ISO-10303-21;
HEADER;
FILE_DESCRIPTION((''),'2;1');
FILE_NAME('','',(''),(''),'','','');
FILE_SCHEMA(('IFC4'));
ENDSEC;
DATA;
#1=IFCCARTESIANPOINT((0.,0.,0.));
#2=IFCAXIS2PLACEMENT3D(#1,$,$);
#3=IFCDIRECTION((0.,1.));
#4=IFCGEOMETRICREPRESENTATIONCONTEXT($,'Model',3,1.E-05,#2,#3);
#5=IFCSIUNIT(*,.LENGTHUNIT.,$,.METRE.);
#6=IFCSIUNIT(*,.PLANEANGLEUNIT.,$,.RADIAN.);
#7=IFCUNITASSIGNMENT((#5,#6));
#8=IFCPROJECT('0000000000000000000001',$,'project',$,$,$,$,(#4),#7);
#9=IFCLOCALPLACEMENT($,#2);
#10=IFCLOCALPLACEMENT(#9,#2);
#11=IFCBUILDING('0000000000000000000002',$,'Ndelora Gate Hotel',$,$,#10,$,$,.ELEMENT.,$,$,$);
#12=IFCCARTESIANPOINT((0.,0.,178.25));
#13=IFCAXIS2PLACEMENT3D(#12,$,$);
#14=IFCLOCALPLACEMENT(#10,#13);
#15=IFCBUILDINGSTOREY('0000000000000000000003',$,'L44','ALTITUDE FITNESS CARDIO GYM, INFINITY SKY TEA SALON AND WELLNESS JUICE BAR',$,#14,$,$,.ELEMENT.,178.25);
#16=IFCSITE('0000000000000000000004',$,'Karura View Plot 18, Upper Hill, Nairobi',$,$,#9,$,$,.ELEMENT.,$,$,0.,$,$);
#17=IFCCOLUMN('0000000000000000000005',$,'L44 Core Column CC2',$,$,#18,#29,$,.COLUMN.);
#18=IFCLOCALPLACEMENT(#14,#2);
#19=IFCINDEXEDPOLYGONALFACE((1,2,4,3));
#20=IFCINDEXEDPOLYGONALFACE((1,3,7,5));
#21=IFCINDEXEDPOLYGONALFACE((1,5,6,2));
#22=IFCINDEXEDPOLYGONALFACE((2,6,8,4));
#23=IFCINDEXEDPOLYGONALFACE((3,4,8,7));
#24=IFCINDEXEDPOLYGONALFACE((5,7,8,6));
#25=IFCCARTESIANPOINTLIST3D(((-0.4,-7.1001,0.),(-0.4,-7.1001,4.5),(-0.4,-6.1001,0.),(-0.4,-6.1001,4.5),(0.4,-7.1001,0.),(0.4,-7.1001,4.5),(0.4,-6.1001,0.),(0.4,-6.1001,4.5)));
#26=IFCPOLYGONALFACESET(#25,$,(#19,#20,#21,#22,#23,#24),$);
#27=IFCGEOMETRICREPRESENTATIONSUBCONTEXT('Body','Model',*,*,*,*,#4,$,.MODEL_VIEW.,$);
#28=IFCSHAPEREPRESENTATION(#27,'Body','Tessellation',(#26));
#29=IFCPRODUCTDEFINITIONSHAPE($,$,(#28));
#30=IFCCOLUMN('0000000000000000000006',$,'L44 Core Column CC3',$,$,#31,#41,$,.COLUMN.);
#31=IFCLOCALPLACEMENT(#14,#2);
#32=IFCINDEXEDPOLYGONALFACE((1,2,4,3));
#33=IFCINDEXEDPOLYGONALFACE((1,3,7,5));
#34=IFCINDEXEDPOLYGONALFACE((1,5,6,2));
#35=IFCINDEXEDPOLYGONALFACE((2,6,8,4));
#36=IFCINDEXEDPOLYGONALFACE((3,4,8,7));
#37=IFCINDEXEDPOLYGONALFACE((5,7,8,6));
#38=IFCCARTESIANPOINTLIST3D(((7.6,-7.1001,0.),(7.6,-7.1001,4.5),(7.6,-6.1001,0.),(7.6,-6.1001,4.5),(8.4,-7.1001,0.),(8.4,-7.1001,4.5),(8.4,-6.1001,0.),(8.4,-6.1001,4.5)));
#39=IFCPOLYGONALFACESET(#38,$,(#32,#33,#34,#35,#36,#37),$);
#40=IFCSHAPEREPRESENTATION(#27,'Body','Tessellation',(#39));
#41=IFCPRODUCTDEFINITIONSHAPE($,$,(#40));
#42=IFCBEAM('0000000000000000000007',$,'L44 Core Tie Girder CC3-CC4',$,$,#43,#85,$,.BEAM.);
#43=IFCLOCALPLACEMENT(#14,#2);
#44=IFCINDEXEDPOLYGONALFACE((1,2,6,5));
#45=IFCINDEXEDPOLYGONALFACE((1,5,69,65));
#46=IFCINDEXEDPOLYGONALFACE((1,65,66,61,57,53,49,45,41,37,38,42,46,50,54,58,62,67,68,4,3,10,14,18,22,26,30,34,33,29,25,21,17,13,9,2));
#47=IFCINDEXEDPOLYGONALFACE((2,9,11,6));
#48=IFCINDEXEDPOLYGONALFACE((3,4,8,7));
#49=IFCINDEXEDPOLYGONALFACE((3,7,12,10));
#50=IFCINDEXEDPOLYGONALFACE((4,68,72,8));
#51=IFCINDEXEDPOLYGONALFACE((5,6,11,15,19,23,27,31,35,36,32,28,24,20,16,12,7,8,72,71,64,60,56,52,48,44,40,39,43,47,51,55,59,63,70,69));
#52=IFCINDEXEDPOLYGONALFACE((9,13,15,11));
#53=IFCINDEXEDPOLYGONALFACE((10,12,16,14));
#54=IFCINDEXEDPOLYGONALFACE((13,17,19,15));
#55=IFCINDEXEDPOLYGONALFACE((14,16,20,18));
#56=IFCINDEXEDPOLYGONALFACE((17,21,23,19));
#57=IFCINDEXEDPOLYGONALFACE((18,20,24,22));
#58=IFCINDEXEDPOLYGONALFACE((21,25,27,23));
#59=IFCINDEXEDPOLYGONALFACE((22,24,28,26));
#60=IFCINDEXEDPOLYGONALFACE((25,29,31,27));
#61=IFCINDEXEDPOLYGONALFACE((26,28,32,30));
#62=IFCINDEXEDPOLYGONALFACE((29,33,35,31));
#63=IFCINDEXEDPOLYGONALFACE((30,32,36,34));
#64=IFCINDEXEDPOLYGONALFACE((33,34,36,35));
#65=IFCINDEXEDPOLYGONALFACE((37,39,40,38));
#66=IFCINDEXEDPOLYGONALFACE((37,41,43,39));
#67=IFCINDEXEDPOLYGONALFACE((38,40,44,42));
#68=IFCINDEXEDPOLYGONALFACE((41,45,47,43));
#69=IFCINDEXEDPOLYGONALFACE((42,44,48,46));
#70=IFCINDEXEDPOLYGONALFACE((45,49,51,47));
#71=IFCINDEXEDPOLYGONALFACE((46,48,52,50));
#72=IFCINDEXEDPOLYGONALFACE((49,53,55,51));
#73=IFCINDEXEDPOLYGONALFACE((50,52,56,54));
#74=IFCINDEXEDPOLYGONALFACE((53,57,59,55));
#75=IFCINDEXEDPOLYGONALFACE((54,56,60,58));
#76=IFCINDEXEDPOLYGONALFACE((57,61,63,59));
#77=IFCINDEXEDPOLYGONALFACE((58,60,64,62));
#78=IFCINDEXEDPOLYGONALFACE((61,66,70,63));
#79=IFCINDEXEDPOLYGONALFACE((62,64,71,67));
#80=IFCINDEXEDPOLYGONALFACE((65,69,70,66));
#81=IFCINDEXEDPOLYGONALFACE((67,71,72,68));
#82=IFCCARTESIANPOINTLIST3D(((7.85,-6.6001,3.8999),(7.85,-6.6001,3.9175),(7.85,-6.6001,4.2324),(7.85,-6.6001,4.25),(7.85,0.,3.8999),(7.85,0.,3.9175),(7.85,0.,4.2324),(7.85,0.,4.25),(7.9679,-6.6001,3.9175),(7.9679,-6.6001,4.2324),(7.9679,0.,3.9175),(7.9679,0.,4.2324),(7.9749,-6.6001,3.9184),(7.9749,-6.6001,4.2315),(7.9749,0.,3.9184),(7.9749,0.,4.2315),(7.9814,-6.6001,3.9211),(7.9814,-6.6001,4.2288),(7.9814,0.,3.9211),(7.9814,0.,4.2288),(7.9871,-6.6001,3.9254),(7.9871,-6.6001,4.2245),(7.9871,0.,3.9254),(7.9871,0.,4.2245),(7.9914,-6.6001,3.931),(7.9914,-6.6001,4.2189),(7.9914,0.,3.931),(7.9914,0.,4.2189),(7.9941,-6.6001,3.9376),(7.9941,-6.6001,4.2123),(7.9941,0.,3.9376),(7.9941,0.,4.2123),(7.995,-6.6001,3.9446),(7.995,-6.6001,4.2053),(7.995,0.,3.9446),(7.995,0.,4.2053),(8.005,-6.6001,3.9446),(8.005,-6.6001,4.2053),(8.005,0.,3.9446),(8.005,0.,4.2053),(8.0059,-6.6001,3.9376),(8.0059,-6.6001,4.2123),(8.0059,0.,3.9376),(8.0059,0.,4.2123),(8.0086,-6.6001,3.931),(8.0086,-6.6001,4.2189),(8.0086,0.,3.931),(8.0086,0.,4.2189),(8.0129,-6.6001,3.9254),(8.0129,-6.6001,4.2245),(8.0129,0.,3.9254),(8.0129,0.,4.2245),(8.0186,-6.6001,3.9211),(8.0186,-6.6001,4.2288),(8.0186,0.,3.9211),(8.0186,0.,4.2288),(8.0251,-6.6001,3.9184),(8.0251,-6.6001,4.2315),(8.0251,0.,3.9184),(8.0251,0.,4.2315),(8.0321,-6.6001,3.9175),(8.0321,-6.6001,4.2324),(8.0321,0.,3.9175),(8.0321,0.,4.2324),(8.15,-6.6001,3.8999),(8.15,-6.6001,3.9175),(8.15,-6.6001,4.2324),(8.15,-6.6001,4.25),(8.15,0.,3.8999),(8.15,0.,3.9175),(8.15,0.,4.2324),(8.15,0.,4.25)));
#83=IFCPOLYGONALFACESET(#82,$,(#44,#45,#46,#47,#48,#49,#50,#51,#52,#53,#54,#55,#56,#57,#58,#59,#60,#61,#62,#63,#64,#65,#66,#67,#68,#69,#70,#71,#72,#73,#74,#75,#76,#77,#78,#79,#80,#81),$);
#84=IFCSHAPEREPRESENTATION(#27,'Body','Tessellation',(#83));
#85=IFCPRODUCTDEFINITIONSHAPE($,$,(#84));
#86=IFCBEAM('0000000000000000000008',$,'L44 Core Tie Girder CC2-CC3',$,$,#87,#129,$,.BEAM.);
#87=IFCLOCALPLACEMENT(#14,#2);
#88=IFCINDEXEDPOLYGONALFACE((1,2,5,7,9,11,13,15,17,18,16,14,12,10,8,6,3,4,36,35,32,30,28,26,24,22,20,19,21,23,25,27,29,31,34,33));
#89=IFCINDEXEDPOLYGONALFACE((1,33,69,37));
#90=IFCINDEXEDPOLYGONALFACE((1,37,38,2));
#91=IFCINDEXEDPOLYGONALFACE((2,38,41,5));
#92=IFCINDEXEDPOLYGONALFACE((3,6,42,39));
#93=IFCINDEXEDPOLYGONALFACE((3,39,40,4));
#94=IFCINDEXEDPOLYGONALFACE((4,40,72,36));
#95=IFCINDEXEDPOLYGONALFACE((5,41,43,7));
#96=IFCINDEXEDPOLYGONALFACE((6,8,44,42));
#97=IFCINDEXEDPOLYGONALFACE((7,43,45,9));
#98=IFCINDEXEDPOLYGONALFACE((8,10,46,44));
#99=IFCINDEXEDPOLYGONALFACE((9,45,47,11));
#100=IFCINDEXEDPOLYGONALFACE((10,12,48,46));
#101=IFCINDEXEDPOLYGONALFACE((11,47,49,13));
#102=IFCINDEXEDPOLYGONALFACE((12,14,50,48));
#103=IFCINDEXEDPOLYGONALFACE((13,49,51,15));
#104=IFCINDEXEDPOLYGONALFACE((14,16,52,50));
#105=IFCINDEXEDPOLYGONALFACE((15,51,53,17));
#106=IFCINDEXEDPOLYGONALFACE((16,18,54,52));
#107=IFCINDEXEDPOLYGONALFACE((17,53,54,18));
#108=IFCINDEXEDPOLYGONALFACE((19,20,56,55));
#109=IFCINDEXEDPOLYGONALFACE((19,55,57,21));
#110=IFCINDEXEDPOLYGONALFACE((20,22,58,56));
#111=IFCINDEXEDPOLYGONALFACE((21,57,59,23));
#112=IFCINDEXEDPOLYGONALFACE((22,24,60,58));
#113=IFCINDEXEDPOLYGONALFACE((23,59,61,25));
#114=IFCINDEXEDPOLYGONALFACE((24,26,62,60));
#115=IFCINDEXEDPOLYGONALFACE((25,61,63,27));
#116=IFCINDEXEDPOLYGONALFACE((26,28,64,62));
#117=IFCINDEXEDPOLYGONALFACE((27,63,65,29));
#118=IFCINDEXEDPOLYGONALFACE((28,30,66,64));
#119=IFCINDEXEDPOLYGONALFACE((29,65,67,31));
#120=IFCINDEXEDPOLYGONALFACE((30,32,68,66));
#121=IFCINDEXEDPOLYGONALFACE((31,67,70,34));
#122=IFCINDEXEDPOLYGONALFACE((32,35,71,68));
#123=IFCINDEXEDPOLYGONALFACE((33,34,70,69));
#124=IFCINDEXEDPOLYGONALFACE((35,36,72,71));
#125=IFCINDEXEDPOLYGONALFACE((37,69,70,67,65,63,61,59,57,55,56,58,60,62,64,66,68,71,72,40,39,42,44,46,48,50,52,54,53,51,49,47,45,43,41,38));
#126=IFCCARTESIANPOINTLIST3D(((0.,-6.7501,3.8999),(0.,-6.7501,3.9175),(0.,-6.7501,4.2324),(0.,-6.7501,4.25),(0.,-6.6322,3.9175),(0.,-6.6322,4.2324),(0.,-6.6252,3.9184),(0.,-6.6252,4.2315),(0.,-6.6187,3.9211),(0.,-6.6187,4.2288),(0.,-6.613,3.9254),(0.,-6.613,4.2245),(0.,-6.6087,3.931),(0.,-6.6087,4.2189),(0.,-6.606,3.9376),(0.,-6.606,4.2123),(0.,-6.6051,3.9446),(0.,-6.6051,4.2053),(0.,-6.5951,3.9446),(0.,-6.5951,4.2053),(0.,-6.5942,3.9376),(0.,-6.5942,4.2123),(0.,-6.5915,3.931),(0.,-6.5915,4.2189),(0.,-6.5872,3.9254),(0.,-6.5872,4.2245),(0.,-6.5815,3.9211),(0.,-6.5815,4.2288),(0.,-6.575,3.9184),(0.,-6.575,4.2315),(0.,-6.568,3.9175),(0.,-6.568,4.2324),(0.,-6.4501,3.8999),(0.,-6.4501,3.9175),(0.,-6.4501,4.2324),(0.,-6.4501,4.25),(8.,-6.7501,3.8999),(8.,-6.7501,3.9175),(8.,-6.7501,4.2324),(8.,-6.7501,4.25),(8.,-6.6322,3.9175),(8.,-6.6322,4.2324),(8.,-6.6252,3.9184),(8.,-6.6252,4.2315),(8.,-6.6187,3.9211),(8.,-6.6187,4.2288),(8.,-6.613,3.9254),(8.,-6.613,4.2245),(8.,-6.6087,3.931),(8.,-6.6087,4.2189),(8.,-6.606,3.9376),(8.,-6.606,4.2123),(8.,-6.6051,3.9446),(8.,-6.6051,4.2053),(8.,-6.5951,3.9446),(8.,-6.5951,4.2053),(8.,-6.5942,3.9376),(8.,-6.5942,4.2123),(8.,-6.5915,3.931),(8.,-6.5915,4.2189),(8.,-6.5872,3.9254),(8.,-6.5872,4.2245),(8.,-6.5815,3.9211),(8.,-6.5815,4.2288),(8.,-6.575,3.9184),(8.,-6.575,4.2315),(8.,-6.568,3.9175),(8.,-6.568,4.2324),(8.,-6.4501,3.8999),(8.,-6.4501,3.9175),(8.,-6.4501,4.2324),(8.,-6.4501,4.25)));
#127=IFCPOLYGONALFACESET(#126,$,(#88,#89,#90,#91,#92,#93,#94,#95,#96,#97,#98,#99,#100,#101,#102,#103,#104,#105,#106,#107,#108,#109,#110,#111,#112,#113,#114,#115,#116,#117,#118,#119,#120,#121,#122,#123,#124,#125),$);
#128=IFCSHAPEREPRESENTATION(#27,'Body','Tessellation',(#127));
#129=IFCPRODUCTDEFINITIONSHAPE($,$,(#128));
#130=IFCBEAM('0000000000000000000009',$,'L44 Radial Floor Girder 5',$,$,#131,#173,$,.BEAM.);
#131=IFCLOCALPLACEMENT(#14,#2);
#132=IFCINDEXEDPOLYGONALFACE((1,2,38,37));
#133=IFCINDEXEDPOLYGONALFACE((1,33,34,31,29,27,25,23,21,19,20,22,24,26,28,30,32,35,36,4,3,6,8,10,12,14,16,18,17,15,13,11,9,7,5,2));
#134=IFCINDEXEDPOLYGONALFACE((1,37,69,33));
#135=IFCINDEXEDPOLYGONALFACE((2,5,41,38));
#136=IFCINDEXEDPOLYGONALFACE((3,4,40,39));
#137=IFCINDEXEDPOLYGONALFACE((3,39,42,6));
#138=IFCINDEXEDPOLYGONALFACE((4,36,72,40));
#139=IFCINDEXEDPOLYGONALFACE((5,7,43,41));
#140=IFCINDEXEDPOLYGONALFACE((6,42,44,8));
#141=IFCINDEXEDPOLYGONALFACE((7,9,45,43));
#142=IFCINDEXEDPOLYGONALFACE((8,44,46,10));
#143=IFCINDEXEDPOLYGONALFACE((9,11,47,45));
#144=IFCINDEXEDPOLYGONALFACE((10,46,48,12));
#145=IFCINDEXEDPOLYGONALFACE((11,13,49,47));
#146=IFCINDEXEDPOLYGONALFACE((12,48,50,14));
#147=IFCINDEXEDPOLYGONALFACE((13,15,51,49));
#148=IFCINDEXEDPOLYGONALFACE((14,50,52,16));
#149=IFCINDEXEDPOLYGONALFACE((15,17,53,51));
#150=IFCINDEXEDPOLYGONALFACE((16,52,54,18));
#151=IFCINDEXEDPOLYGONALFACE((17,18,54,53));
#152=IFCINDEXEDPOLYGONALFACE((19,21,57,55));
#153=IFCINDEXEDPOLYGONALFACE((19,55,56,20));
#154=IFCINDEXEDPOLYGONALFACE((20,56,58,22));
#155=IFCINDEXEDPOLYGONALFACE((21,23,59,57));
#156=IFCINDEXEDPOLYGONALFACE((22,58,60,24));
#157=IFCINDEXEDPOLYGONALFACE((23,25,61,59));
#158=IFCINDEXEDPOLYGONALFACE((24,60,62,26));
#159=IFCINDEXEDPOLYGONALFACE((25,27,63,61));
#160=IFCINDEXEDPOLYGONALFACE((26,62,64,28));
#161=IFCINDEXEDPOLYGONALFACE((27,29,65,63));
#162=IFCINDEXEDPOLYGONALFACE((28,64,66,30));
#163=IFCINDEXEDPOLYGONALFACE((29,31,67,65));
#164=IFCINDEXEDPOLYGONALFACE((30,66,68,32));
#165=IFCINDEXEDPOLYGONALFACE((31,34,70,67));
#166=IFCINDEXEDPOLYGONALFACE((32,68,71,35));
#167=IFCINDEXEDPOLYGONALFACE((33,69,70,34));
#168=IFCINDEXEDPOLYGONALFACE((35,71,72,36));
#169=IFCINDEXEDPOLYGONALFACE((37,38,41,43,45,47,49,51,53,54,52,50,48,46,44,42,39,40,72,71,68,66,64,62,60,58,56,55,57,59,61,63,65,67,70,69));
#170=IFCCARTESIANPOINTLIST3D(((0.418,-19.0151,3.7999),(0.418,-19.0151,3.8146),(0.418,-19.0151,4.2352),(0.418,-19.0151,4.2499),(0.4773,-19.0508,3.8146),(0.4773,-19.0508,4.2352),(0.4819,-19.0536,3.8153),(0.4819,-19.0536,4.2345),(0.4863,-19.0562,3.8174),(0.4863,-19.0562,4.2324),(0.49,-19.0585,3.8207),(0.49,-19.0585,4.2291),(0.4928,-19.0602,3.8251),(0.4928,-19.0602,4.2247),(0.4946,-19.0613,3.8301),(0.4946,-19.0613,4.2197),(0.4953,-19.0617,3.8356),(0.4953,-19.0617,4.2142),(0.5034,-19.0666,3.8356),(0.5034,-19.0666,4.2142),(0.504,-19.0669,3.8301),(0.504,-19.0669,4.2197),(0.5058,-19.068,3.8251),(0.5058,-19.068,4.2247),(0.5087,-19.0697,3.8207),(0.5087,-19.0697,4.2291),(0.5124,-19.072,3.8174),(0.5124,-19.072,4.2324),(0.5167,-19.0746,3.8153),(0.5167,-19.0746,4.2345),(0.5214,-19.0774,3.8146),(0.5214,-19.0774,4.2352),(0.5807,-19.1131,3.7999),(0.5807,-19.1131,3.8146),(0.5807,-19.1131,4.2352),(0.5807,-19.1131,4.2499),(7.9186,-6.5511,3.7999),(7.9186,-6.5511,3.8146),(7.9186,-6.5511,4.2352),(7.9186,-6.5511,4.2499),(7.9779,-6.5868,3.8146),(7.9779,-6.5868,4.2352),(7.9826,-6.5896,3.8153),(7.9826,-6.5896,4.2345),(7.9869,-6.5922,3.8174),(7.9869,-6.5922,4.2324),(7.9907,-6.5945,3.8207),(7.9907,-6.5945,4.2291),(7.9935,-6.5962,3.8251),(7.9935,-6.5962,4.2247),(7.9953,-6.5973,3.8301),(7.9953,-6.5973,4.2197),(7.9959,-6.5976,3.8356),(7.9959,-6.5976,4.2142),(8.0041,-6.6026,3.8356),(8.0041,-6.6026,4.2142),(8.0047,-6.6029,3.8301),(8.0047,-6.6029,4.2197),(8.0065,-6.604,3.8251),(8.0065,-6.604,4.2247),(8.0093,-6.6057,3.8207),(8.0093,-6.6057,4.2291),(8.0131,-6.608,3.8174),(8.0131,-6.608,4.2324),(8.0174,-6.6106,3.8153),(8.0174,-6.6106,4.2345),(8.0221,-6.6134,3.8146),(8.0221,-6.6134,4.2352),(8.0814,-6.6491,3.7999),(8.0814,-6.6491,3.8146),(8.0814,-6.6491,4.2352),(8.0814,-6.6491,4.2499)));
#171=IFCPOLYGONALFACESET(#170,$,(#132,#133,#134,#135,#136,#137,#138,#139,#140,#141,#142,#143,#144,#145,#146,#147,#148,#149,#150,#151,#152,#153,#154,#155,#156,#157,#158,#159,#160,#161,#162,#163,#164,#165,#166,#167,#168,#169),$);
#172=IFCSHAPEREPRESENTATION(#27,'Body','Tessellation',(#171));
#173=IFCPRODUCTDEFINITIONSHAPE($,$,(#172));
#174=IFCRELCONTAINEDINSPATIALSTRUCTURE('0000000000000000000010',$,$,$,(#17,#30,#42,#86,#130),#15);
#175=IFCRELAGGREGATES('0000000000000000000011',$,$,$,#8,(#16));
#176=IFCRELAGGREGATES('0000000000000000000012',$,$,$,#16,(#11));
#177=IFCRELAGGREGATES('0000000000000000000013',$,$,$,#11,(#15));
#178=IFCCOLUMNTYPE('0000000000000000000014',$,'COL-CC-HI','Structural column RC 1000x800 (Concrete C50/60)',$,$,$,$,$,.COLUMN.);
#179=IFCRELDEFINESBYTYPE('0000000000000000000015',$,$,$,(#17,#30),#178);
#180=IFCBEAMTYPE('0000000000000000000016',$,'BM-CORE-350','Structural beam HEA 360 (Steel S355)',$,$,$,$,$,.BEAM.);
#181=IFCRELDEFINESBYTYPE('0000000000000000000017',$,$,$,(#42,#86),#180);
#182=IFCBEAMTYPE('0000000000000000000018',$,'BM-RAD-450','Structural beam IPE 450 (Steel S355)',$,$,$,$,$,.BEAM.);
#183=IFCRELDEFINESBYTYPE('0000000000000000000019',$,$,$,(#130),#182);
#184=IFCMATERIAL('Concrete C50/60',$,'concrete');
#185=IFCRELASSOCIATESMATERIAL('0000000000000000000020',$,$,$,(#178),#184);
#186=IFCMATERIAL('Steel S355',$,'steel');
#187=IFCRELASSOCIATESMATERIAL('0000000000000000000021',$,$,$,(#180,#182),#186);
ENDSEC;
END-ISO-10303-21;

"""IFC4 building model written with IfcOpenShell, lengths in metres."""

from ifc_helpers import new_model, si_unit, direction, frame, origin, origin_2d, place, context, subcontext, project, spatial, rectangle, i_section, extrude, material, material_profile, profile_set, type_object, element, save


model = new_model("IFC4")

# Units and contexts
model_context = context("Model", 3, precision=1e-05, world=origin(), true_north=direction((0.0, 1.0)))
body_context = subcontext(model_context, "Body", "Model", "MODEL_VIEW")
ifc_project = project(units=[si_unit("LENGTHUNIT", "METRE"), si_unit("PLANEANGLEUNIT", "RADIAN")], contexts=[model_context])

# Site, building, storey
site_placement = place(None, origin())
site = spatial("IfcSite", under=ifc_project, at=site_placement, Name="Karura View Plot 18, Upper Hill, Nairobi", CompositionType="ELEMENT", RefElevation=0.0)
building_placement = place(site_placement, origin())
building = spatial("IfcBuilding", under=site, at=building_placement, Name="Ndelora Gate Hotel", CompositionType="ELEMENT")
storey_placement = place(building_placement, frame((0.0, 0.0, 178.25)))
storey = spatial("IfcBuildingStorey", under=building, at=storey_placement, Name="L44", Description="ALTITUDE FITNESS CARDIO GYM, INFINITY SKY TEA SALON AND WELLNESS JUICE BAR", CompositionType="ELEMENT", Elevation=178.25)

# Columns
ifc_material_1 = material(Name="Concrete C50/60", Category="concrete")
ifc_material_profile_1 = material_profile(ifc_material_1, rectangle(XDim=0.8, YDim=1.0, at=origin_2d()), Name="RC 1000x800")
ifc_profile_set_1 = profile_set([ifc_material_profile_1], Name="Concrete C50/60")
column_type = type_object("IfcColumnType", Name="COL-CC-HI", Description="Structural column RC 1000x800 (Concrete C50/60)", PredefinedType="COLUMN", material=ifc_profile_set_1)
for number, where, z_axis, x_axis, name in (
    (1, (0.0, -6.6001, 0.0), (0.0, 0.0, 1.0), (1.0, 0.0, 0.0), "L44 Core Column CC2"),
    (2, (8.0, -6.6001, 0.0), (0.0, 0.0, 1.0), (1.0, 0.0, 0.0), "L44 Core Column CC3"),
):
    element("IfcColumn", number, at=place(storey_placement, frame(where, z_axis=z_axis, x_axis=x_axis)), inside=storey, type_object=column_type, Name=name, PredefinedType="COLUMN", context=body_context, shape_type="SweptSolid", body=[
        extrude(rectangle(XDim=0.8, YDim=1.0, at=origin_2d()), origin(), (0.0, 0.0, 1.0), 4.5),
    ])

# Beams
ifc_material_2 = material(Name="Steel S355", Category="steel")
ifc_material_profile_2 = material_profile(ifc_material_2, i_section(OverallWidth=0.3, OverallDepth=0.3501, WebThickness=0.01, FlangeThickness=0.0176, FilletRadius=0.0271, at=origin_2d()), Name="HEA 360")
ifc_profile_set_2 = profile_set([ifc_material_profile_2], Name="Steel S355")
beam_type_1 = type_object("IfcBeamType", Name="BM-CORE-350", Description="Structural beam HEA 360 (Steel S355)", PredefinedType="BEAM", material=ifc_profile_set_2)
beam_1_placement = place(storey_placement, frame((8.0, -6.6001, 4.075), z_axis=(0.0, 1.0, 0.0), x_axis=(-1.0, 0.0, 0.0)))
element("IfcBeam", 3, at=beam_1_placement, inside=storey, type_object=beam_type_1, Name="L44 Core Tie Girder CC3-CC4", PredefinedType="BEAM", context=body_context, shape_type="SweptSolid", body=[
    extrude(i_section(OverallWidth=0.3, OverallDepth=0.3501, WebThickness=0.01, FlangeThickness=0.0176, FilletRadius=0.0271, at=origin_2d()), origin(), (0.0, 0.0, 1.0), 6.6001),
])
beam_2_placement = place(storey_placement, frame((0.0, -6.6001, 4.075), z_axis=(1.0, 0.0, 0.0), x_axis=(0.0, 1.0, 0.0)))
element("IfcBeam", 4, at=beam_2_placement, inside=storey, type_object=beam_type_1, Name="L44 Core Tie Girder CC2-CC3", PredefinedType="BEAM", context=body_context, shape_type="SweptSolid", body=[
    extrude(i_section(OverallWidth=0.3, OverallDepth=0.3501, WebThickness=0.01, FlangeThickness=0.0176, FilletRadius=0.0271, at=origin_2d()), origin(), (0.0, 0.0, 1.0), 8.0),
])
ifc_material_profile_3 = material_profile(ifc_material_2, i_section(OverallWidth=0.1899, OverallDepth=0.45, WebThickness=0.0095, FlangeThickness=0.0146, FilletRadius=0.021, at=origin_2d()), Name="IPE 450")
ifc_profile_set_3 = profile_set([ifc_material_profile_3], Name="Steel S355")
beam_type_2 = type_object("IfcBeamType", Name="BM-RAD-450", Description="Structural beam IPE 450 (Steel S355)", PredefinedType="BEAM", material=ifc_profile_set_3)
beam_3_placement = place(storey_placement, frame((8.0, -6.6001, 4.0249), z_axis=(-0.515621, -0.856817, 0.0), x_axis=(0.856817, -0.515621, 0.0)))
element("IfcBeam", 5, at=beam_3_placement, inside=storey, type_object=beam_type_2, Name="L44 Radial Floor Girder 5", PredefinedType="BEAM", context=body_context, shape_type="SweptSolid", body=[
    extrude(i_section(OverallWidth=0.1899, OverallDepth=0.45, WebThickness=0.0095, FlangeThickness=0.0146, FilletRadius=0.021, at=origin_2d()), origin(), (0.0, 0.0, 1.0), 14.5469),
])

save(model, "model.ifc")
